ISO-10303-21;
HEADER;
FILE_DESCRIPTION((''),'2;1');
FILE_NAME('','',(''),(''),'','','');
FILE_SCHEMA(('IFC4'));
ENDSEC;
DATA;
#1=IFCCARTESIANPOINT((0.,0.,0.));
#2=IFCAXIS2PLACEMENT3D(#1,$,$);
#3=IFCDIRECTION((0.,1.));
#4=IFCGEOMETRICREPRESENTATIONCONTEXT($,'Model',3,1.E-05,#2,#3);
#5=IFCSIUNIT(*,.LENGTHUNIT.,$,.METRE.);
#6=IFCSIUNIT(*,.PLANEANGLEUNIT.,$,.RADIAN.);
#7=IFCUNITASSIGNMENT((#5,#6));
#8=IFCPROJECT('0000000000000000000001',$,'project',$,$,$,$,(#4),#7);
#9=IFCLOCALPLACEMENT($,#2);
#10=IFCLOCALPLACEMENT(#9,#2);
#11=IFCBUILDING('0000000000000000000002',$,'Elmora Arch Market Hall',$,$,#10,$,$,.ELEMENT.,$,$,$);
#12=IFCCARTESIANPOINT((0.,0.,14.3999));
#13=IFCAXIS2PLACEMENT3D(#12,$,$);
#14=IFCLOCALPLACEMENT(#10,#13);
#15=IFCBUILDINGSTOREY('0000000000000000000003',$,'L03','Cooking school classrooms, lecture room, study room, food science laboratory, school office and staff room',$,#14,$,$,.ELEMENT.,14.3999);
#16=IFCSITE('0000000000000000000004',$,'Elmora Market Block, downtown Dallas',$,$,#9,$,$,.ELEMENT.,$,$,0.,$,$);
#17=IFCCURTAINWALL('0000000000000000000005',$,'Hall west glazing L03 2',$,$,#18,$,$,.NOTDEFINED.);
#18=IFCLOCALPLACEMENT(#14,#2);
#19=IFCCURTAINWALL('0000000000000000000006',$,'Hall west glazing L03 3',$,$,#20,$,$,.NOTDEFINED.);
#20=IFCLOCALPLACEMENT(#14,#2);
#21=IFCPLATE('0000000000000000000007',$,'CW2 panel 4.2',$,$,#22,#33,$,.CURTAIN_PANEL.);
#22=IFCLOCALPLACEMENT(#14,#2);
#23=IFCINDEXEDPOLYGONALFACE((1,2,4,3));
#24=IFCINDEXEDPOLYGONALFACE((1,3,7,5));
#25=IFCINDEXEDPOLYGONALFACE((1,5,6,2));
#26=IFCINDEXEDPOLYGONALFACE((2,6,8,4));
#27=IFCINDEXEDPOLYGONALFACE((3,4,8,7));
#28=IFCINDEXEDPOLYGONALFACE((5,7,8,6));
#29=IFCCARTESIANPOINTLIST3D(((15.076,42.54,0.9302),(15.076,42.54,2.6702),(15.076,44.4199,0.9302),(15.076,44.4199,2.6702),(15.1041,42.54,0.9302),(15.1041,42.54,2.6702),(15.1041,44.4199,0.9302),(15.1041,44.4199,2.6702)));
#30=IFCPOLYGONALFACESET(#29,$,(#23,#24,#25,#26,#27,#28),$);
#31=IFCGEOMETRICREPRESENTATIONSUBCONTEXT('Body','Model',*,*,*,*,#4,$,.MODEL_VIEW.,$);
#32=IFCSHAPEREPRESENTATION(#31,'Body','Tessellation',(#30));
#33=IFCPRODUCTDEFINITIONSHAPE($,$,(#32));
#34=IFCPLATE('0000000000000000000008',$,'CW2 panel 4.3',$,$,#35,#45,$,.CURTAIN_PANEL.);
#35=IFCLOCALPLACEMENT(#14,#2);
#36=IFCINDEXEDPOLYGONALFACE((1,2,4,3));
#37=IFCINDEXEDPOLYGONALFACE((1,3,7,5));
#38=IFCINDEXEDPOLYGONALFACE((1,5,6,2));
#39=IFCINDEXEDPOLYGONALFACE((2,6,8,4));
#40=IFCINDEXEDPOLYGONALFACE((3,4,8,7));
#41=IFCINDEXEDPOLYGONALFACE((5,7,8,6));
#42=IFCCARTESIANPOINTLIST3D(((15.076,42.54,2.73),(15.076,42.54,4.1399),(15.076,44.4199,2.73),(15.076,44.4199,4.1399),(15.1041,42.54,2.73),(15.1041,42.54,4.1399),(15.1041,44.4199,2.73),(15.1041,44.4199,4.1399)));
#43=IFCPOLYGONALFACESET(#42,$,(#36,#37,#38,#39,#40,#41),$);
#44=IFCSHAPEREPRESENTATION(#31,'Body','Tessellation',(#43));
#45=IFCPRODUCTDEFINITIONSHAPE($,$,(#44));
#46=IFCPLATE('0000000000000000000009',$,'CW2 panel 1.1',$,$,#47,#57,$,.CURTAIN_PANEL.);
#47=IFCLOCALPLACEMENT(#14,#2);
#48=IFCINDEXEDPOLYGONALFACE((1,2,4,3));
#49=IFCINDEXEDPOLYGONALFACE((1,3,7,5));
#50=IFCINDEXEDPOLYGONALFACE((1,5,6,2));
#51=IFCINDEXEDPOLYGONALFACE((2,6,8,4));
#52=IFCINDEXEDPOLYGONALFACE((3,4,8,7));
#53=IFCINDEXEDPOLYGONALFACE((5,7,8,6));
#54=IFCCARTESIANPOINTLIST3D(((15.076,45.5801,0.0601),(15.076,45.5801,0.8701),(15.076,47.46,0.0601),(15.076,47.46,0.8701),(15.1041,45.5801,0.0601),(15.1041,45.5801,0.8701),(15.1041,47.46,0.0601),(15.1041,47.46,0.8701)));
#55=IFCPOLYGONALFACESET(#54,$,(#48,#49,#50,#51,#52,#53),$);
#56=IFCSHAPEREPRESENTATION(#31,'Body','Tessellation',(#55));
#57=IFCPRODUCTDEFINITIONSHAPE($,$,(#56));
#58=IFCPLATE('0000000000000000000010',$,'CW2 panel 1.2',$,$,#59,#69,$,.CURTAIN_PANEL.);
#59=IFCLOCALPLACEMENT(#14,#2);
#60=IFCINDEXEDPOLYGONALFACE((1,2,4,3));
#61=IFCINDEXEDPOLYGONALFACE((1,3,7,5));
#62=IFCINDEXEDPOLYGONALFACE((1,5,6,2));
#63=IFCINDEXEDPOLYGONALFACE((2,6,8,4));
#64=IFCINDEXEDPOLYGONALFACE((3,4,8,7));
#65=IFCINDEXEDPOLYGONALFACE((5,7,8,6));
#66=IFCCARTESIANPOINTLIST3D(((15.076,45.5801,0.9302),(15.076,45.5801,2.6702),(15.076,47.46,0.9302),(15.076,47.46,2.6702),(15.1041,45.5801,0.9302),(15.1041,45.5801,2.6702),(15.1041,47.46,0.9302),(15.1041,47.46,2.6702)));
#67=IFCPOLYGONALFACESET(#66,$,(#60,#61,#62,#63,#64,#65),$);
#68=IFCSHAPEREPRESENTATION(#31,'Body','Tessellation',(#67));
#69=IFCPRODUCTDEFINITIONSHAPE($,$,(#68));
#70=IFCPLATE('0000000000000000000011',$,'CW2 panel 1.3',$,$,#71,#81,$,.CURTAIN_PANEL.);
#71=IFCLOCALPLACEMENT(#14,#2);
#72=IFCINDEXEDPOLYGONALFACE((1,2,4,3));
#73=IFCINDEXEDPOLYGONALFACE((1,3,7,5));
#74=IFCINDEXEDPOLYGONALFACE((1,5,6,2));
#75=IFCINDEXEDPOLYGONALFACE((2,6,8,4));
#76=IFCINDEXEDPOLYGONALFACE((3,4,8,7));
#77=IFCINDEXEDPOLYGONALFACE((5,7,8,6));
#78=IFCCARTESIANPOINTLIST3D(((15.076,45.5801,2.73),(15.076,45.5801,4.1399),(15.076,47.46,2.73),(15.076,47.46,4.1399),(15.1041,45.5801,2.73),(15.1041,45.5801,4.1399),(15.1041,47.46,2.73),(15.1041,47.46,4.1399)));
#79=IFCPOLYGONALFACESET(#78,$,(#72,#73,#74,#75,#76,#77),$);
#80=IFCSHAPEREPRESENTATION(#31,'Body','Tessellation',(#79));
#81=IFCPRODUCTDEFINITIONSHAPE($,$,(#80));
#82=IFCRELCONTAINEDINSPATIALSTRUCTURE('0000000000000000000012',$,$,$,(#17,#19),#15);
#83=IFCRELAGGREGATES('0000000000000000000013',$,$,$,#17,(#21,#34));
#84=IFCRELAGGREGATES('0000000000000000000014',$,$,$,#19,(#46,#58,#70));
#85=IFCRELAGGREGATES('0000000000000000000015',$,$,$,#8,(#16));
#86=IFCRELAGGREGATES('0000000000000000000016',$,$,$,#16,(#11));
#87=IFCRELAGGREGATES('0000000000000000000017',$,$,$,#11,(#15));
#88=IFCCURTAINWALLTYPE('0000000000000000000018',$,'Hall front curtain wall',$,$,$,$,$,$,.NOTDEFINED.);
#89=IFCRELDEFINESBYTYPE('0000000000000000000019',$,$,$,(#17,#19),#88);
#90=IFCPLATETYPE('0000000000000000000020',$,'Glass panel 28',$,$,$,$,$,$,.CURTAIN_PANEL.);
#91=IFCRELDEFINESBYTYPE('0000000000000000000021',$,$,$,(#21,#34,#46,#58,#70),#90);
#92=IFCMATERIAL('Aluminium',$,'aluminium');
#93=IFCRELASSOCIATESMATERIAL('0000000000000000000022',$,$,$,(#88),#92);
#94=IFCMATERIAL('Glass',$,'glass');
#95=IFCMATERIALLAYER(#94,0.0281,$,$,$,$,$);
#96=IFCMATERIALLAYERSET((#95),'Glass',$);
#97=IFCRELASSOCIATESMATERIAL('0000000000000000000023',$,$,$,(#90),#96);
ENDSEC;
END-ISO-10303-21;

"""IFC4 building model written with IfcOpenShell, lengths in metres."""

from ifc_helpers import new_model, si_unit, direction, frame, origin, origin_2d, place, context, subcontext, project, spatial, rectangle, extrude, material, layer, layer_set, type_object, element, aggregate, save


model = new_model("IFC4")

# Units and contexts
model_context = context("Model", 3, precision=1e-05, world=origin(), true_north=direction((0.0, 1.0)))
body_context = subcontext(model_context, "Body", "Model", "MODEL_VIEW")
ifc_project = project(units=[si_unit("LENGTHUNIT", "METRE"), si_unit("PLANEANGLEUNIT", "RADIAN")], contexts=[model_context])

# Site, building, storey
site_placement = place(None, origin())
site = spatial("IfcSite", under=ifc_project, at=site_placement, Name="Elmora Market Block, downtown Dallas", CompositionType="ELEMENT", RefElevation=0.0)
building_placement = place(site_placement, origin())
building = spatial("IfcBuilding", under=site, at=building_placement, Name="Elmora Arch Market Hall", CompositionType="ELEMENT")
storey_placement = place(building_placement, frame((0.0, 0.0, 14.3999)))
storey = spatial("IfcBuildingStorey", under=building, at=storey_placement, Name="L03", Description="Cooking school classrooms, lecture room, study room, food science laboratory, school office and staff room", CompositionType="ELEMENT", Elevation=14.3999)

# Curtain walls
ifc_material_1 = material(Name="Aluminium", Category="aluminium")
curtain_wall_type = type_object("IfcCurtainWallType", Name="Hall front curtain wall", PredefinedType="NOTDEFINED", material=ifc_material_1)
curtain_wall_1_placement = place(storey_placement, origin())
curtain_wall_1 = element("IfcCurtainWall", 1, at=curtain_wall_1_placement, inside=storey, type_object=curtain_wall_type, Name="Hall west glazing L03 2", PredefinedType="NOTDEFINED")
curtain_wall_2_placement = place(storey_placement, origin())
curtain_wall_2 = element("IfcCurtainWall", 2, at=curtain_wall_2_placement, inside=storey, type_object=curtain_wall_type, Name="Hall west glazing L03 3", PredefinedType="NOTDEFINED")

# Plates
ifc_material_2 = material(Name="Glass", Category="glass")
ifc_layer = layer(ifc_material_2, 0.0281)
ifc_layer_set = layer_set([ifc_layer], Name="Glass")
plate_type = type_object("IfcPlateType", Name="Glass panel 28", PredefinedType="CURTAIN_PANEL", material=ifc_layer_set)
plate_1_placement = place(storey_placement, frame((15.0901, 43.48, 0.9302), z_axis=(0.0, 0.0, 1.0), x_axis=(0.0, 1.0, 0.0)))
plate_1 = element("IfcPlate", 3, at=plate_1_placement, type_object=plate_type, Name="CW2 panel 4.2", PredefinedType="CURTAIN_PANEL", context=body_context, shape_type="SweptSolid", body=[
    extrude(rectangle(XDim=1.8799, YDim=0.0281, at=origin_2d()), origin(), (0.0, 0.0, 1.0), 1.74),
])
plate_2_placement = place(storey_placement, frame((15.0901, 43.48, 2.73), z_axis=(0.0, 0.0, 1.0), x_axis=(0.0, 1.0, 0.0)))
plate_2 = element("IfcPlate", 4, at=plate_2_placement, type_object=plate_type, Name="CW2 panel 4.3", PredefinedType="CURTAIN_PANEL", context=body_context, shape_type="SweptSolid", body=[
    extrude(rectangle(XDim=1.8799, YDim=0.0281, at=origin_2d()), origin(), (0.0, 0.0, 1.0), 1.4099),
])
aggregate(curtain_wall_1, [plate_1, plate_2])
plate_3_placement = place(storey_placement, frame((15.0901, 46.52, 0.0601), z_axis=(0.0, 0.0, 1.0), x_axis=(0.0, 1.0, 0.0)))
plate_3 = element("IfcPlate", 5, at=plate_3_placement, type_object=plate_type, Name="CW2 panel 1.1", PredefinedType="CURTAIN_PANEL", context=body_context, shape_type="SweptSolid", body=[
    extrude(rectangle(XDim=1.8799, YDim=0.0281, at=origin_2d()), origin(), (0.0, 0.0, 1.0), 0.8101),
])
plate_4_placement = place(storey_placement, frame((15.0901, 46.52, 0.9302), z_axis=(0.0, 0.0, 1.0), x_axis=(0.0, 1.0, 0.0)))
plate_4 = element("IfcPlate", 6, at=plate_4_placement, type_object=plate_type, Name="CW2 panel 1.2", PredefinedType="CURTAIN_PANEL", context=body_context, shape_type="SweptSolid", body=[
    extrude(rectangle(XDim=1.8799, YDim=0.0281, at=origin_2d()), origin(), (0.0, 0.0, 1.0), 1.74),
])
plate_5_placement = place(storey_placement, frame((15.0901, 46.52, 2.73), z_axis=(0.0, 0.0, 1.0), x_axis=(0.0, 1.0, 0.0)))
plate_5 = element("IfcPlate", 7, at=plate_5_placement, type_object=plate_type, Name="CW2 panel 1.3", PredefinedType="CURTAIN_PANEL", context=body_context, shape_type="SweptSolid", body=[
    extrude(rectangle(XDim=1.8799, YDim=0.0281, at=origin_2d()), origin(), (0.0, 0.0, 1.0), 1.4099),
])
aggregate(curtain_wall_2, [plate_3, plate_4, plate_5])

save(model, "model.ifc")
